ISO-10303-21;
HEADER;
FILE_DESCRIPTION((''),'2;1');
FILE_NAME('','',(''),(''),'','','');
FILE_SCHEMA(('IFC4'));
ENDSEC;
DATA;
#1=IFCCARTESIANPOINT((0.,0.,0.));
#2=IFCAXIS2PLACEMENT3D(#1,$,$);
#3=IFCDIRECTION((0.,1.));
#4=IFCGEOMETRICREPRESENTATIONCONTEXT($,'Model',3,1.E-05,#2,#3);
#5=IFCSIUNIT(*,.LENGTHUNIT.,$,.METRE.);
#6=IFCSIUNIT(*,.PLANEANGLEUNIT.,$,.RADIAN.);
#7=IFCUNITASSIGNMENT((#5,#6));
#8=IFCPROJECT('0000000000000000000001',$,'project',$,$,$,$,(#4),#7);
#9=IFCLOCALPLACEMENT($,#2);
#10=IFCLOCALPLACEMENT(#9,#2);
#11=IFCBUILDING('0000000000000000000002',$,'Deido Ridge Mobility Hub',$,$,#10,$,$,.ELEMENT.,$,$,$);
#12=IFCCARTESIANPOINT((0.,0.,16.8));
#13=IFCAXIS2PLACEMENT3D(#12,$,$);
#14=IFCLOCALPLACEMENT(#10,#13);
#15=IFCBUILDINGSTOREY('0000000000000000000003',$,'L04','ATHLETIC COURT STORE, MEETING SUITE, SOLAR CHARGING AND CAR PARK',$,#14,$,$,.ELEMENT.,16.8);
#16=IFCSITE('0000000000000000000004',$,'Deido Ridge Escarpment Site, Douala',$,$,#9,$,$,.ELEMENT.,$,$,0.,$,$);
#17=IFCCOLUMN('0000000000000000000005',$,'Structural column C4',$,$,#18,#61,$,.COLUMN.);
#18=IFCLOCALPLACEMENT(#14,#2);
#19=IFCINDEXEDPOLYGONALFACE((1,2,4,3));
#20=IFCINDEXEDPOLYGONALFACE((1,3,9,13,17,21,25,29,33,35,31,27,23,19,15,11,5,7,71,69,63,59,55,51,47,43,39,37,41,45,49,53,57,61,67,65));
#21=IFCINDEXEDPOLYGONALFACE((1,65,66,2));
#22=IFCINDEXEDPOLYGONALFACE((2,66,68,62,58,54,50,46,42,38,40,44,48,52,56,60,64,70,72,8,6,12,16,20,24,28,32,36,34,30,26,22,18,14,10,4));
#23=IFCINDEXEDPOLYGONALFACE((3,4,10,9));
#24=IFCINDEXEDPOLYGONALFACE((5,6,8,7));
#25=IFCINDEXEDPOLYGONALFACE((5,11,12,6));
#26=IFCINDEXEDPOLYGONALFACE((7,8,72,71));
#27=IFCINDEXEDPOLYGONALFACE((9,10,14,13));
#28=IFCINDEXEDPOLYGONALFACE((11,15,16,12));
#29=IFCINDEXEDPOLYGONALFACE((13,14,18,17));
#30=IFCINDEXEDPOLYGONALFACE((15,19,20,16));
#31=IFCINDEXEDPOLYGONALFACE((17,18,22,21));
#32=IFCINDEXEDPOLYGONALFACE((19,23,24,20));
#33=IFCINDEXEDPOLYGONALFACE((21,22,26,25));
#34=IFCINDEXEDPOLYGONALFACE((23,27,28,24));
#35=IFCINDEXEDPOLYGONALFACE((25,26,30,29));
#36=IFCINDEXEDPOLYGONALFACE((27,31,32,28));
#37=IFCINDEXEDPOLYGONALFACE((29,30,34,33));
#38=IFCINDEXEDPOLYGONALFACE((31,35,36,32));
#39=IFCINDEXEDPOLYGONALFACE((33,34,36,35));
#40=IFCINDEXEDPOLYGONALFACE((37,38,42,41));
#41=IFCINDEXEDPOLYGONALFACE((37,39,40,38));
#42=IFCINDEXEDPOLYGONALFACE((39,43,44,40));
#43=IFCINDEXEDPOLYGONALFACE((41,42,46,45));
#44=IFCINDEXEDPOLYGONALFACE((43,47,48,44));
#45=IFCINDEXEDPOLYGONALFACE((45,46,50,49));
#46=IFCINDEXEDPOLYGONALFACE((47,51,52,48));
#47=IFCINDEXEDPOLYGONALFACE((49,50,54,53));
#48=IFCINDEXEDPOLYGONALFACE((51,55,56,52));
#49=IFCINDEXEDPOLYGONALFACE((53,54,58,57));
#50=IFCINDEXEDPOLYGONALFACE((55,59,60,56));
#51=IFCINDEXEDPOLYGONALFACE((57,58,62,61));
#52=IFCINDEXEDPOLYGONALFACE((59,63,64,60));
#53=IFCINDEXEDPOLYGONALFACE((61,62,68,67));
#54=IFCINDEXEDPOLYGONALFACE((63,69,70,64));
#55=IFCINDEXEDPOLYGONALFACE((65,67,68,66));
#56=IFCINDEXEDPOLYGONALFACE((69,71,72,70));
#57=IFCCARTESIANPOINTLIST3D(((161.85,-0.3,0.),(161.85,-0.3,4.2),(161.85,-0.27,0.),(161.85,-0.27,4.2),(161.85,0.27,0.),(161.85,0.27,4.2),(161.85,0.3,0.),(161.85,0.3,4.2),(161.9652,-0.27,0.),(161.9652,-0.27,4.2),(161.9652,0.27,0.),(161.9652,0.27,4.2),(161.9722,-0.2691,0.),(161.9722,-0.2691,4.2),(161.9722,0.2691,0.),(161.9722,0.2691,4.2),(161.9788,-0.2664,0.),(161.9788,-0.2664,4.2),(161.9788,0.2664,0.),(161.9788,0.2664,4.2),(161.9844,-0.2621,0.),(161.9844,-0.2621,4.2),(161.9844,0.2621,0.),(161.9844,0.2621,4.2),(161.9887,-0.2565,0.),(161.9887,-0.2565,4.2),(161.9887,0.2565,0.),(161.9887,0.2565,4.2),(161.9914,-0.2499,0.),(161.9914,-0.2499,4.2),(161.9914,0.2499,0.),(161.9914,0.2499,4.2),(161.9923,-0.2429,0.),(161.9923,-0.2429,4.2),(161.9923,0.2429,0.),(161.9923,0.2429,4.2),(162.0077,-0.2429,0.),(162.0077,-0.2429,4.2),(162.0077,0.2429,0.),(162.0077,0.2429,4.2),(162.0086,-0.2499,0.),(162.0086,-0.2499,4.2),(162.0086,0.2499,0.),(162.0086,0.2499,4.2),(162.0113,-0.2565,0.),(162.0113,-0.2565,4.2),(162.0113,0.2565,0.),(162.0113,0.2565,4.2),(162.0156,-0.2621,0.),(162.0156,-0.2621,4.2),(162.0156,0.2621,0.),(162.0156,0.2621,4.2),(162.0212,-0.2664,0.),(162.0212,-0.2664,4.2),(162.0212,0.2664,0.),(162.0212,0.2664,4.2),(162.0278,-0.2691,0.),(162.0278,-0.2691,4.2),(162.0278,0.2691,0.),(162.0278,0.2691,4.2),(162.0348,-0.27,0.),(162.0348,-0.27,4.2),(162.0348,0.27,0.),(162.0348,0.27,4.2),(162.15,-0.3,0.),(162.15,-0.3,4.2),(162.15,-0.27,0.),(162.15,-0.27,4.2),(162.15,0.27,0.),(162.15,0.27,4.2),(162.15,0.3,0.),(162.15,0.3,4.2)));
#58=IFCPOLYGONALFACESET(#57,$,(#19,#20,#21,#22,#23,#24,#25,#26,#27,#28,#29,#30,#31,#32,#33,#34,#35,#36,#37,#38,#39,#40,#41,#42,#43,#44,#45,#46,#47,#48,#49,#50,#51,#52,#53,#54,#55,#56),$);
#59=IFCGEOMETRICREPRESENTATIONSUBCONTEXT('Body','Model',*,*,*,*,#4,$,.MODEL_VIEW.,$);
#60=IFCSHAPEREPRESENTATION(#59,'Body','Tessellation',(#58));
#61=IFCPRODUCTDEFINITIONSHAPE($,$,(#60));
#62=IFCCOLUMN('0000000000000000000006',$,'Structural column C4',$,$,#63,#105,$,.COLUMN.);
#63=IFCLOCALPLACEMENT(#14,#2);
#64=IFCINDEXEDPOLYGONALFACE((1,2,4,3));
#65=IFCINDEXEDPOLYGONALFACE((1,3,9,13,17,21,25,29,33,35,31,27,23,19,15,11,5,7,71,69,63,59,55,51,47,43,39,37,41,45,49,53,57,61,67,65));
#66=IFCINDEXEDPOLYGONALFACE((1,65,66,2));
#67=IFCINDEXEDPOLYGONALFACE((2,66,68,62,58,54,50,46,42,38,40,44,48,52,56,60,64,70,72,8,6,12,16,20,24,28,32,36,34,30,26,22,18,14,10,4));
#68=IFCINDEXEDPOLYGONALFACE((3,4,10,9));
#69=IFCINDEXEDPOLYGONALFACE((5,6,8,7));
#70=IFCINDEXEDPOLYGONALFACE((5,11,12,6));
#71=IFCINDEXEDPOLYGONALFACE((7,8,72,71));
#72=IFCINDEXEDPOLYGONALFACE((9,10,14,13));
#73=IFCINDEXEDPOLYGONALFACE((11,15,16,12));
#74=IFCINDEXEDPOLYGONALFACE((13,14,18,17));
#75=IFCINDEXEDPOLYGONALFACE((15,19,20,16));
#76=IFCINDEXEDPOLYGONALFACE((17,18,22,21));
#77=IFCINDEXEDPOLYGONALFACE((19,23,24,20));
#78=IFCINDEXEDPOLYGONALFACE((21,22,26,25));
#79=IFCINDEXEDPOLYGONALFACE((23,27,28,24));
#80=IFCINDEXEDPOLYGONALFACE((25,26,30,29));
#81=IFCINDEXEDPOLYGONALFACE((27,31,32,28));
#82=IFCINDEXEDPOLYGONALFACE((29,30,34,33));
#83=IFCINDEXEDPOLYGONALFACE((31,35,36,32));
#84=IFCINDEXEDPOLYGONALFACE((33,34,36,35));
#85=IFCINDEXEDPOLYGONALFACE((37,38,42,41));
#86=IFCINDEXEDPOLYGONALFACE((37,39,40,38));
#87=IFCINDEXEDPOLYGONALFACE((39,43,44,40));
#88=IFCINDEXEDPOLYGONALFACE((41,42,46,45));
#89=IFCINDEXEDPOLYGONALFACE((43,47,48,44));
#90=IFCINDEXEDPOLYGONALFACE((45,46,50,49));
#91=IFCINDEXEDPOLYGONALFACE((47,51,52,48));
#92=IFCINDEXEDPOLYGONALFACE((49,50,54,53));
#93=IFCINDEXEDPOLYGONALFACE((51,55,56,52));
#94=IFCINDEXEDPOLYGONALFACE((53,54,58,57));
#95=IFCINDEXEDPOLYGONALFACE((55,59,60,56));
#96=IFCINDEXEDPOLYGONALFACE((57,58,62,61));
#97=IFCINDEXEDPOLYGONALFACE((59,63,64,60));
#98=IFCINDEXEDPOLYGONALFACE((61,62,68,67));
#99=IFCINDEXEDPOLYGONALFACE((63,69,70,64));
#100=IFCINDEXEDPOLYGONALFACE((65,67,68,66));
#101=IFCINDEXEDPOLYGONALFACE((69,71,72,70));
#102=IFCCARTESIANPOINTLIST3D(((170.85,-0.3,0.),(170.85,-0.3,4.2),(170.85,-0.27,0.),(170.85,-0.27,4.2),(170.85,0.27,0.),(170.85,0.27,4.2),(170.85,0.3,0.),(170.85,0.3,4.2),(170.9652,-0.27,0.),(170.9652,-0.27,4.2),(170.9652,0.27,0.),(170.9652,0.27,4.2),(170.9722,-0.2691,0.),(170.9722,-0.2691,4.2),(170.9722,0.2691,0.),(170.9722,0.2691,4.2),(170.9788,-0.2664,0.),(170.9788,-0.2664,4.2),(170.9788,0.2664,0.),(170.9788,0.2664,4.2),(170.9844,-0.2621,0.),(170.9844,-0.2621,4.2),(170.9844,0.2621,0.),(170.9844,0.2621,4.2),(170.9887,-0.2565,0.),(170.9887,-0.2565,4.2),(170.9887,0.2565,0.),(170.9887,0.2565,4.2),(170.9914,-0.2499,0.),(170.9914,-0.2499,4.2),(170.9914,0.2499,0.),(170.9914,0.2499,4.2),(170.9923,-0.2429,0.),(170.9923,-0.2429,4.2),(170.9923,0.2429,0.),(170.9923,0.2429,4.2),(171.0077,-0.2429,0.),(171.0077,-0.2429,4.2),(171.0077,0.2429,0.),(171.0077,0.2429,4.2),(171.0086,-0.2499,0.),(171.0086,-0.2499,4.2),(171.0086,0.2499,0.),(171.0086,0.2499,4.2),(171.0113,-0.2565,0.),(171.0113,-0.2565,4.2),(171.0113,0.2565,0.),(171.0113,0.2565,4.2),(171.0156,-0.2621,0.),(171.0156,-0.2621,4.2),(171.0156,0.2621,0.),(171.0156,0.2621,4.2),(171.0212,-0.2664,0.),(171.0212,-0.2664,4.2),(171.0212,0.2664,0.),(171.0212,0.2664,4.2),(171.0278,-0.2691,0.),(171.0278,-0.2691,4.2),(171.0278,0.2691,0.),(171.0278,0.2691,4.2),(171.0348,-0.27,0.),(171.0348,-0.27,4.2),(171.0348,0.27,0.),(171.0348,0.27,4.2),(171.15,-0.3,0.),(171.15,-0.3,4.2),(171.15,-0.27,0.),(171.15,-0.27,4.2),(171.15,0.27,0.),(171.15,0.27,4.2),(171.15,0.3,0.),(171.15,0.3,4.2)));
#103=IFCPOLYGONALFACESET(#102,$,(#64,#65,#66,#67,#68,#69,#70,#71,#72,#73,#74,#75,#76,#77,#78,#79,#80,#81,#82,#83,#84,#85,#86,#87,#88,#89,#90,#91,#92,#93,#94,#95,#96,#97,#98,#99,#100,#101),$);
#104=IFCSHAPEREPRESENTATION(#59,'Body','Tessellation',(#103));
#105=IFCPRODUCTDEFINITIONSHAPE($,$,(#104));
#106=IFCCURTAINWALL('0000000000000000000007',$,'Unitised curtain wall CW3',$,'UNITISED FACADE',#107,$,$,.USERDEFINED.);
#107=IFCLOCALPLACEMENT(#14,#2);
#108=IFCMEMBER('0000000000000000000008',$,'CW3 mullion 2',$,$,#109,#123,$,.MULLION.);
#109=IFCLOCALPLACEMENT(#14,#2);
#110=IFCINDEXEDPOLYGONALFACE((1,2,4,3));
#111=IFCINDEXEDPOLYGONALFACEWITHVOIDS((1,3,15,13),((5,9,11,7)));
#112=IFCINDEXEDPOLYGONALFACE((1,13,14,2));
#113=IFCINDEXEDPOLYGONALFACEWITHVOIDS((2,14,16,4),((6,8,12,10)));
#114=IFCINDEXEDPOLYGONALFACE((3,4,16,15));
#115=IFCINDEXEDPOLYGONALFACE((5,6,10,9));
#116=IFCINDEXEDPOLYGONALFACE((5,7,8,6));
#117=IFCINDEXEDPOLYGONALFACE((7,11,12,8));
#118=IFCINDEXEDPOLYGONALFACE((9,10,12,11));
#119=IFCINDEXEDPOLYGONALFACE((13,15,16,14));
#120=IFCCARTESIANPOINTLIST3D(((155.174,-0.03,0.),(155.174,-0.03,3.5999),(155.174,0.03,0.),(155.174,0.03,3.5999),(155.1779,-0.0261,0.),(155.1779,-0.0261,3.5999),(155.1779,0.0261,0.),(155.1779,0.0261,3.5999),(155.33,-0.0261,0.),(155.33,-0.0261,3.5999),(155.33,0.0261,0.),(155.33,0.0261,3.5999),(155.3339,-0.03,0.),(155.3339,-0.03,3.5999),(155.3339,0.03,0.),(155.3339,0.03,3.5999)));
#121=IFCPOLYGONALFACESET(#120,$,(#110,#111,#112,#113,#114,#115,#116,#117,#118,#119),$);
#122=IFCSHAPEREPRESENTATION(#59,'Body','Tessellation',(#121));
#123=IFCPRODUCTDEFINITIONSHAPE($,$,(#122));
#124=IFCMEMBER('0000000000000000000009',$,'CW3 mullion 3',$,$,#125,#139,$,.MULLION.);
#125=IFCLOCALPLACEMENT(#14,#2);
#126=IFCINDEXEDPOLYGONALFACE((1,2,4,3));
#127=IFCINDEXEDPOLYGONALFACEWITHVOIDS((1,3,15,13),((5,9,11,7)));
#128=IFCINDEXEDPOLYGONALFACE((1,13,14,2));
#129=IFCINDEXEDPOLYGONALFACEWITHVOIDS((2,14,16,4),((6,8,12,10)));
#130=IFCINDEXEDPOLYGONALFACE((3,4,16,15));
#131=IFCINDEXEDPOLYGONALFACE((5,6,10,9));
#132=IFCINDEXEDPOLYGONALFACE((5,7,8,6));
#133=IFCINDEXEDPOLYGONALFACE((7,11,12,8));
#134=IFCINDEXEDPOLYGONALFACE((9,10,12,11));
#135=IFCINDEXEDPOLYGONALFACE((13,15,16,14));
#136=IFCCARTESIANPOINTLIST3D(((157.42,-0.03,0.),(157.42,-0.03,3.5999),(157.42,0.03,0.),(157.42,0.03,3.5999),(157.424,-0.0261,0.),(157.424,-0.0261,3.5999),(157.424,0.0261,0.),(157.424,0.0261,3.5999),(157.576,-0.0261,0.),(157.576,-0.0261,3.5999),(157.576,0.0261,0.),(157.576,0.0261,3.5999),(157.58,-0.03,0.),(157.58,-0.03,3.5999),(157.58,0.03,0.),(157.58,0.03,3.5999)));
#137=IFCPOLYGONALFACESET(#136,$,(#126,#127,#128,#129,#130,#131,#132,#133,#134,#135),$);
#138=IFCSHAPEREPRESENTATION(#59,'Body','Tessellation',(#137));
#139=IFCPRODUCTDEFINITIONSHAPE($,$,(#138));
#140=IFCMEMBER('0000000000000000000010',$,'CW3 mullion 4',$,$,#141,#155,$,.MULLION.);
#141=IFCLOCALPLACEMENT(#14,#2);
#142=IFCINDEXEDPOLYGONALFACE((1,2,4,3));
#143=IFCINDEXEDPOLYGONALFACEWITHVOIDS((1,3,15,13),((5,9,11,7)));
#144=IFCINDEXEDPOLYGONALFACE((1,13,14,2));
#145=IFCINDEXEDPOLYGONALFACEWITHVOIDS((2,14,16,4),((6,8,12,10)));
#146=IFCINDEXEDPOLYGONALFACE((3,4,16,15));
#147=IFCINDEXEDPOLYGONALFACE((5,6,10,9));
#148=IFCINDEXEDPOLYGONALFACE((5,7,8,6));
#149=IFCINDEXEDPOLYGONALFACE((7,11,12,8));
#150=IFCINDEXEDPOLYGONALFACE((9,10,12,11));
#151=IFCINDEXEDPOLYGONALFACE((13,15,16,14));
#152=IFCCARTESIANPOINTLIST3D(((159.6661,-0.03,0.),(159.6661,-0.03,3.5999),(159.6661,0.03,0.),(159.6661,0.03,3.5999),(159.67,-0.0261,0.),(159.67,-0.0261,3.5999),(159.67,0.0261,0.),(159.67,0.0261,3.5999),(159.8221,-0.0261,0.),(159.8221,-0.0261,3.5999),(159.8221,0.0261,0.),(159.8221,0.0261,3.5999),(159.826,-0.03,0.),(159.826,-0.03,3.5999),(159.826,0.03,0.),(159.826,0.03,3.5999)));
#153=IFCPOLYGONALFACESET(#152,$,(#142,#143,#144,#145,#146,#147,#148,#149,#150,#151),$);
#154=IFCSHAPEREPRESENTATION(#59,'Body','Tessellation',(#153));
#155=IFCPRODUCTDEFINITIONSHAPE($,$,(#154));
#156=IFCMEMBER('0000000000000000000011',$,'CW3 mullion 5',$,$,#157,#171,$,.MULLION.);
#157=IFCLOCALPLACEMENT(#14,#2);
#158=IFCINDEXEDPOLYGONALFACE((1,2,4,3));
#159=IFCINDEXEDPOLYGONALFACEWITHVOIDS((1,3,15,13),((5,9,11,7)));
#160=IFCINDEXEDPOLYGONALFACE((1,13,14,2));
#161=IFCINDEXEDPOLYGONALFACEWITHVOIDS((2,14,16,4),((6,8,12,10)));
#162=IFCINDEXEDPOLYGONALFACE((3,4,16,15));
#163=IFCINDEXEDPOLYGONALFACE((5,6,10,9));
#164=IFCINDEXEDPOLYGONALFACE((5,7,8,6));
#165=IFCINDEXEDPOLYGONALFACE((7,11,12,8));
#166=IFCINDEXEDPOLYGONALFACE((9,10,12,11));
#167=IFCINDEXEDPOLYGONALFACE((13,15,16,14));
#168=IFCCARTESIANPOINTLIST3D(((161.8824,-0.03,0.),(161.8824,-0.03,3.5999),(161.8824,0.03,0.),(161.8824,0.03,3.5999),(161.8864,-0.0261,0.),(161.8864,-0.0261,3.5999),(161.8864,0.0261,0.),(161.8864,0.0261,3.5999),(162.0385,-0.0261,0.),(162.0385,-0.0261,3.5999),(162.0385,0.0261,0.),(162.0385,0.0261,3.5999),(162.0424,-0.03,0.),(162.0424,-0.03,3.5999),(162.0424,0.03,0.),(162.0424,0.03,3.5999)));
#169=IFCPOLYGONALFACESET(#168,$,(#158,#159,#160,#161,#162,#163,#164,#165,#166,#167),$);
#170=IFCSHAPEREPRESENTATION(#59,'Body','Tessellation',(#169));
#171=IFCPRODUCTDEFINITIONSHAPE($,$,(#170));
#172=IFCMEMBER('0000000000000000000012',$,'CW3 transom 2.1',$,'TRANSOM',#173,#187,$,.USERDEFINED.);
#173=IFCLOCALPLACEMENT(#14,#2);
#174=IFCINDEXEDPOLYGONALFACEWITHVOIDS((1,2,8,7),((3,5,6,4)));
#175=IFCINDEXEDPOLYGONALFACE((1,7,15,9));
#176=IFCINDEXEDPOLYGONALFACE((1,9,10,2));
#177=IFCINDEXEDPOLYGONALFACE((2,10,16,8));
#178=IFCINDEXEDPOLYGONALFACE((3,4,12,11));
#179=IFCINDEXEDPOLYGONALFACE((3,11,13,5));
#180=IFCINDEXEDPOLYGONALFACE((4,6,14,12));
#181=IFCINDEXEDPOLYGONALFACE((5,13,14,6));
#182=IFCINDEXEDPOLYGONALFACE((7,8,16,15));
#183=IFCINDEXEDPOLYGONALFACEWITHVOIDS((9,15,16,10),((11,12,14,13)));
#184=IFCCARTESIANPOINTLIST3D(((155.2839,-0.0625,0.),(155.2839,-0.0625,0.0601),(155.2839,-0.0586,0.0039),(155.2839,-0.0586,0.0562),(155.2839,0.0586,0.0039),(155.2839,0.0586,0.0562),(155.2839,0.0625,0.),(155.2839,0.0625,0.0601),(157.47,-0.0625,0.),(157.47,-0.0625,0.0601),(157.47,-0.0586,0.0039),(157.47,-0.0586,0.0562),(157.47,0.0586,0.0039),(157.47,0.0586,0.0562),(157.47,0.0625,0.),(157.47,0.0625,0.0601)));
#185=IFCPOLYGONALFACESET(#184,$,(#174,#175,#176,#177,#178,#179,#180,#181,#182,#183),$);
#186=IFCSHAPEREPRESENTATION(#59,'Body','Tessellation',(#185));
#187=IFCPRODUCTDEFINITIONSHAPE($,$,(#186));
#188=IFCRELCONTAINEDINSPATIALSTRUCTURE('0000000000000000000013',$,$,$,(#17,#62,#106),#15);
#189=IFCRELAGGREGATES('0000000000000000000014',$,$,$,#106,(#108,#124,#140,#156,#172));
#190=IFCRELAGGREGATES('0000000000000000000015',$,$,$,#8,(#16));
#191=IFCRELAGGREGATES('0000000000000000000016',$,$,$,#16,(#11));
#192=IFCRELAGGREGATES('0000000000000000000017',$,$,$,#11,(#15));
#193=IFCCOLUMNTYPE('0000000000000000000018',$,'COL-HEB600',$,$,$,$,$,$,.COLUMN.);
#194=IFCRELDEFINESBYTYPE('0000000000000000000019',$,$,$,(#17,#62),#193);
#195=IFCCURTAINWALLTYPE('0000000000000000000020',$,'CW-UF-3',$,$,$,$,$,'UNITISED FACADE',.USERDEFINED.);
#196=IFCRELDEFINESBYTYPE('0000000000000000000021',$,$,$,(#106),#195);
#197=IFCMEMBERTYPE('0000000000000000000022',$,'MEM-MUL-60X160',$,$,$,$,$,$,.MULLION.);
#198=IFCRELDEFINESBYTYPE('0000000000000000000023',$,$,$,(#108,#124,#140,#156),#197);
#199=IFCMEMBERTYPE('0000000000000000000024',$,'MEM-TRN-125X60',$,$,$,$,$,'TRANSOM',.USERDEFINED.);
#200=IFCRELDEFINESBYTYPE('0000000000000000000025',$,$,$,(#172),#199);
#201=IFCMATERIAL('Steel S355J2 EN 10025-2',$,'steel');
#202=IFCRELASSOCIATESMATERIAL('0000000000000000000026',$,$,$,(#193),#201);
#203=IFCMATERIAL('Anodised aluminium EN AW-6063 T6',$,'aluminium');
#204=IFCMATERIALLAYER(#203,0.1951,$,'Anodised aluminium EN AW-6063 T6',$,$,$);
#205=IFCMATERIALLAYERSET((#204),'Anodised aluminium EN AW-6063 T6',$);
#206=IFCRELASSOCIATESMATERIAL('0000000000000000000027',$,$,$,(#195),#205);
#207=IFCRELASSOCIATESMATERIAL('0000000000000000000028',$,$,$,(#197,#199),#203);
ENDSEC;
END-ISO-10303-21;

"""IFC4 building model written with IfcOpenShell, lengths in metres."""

from ifc_helpers import new_model, si_unit, direction, frame, origin, origin_2d, place, context, subcontext, project, spatial, hollow_rectangle, i_section, extrude, material, layer, layer_set, material_profile, profile_set, type_object, element, aggregate, save


model = new_model("IFC4")

# Units and contexts
model_context = context("Model", 3, precision=1e-05, world=origin(), true_north=direction((0.0, 1.0)))
body_context = subcontext(model_context, "Body", "Model", "MODEL_VIEW")
ifc_project = project(units=[si_unit("LENGTHUNIT", "METRE"), si_unit("PLANEANGLEUNIT", "RADIAN")], contexts=[model_context])

# Site, building, storey
site_placement = place(None, origin())
site = spatial("IfcSite", under=ifc_project, at=site_placement, Name="Deido Ridge Escarpment Site, Douala", CompositionType="ELEMENT", RefElevation=0.0)
building_placement = place(site_placement, origin())
building = spatial("IfcBuilding", under=site, at=building_placement, Name="Deido Ridge Mobility Hub", CompositionType="ELEMENT")
storey_placement = place(building_placement, frame((0.0, 0.0, 16.8)))
storey = spatial("IfcBuildingStorey", under=building, at=storey_placement, Name="L04", Description="ATHLETIC COURT STORE, MEETING SUITE, SOLAR CHARGING AND CAR PARK", CompositionType="ELEMENT", Elevation=16.8)

# Columns
ifc_material_1 = material(Name="Steel S355J2 EN 10025-2", Category="steel")
ifc_material_profile_1 = material_profile(ifc_material_1, i_section(OverallWidth=0.3, OverallDepth=0.6001, WebThickness=0.0154, FlangeThickness=0.03, FilletRadius=0.0271, at=origin_2d()), Name="HEB 600")
ifc_profile_set_1 = profile_set([ifc_material_profile_1], Name="Steel S355J2 EN 10025-2")
column_type = type_object("IfcColumnType", Name="COL-HEB600", PredefinedType="COLUMN", material=ifc_profile_set_1)
for number, where, z_axis, x_axis, name in (
    (1, (162.0, 0.0, 0.0), (0.0, 0.0, 1.0), (1.0, 0.0, 0.0), "Structural column C4"),
    (2, (171.0, 0.0, 0.0), (0.0, 0.0, 1.0), (1.0, 0.0, 0.0), "Structural column C4"),
):
    element("IfcColumn", number, at=place(storey_placement, frame(where, z_axis=z_axis, x_axis=x_axis)), inside=storey, type_object=column_type, Name=name, PredefinedType="COLUMN", context=body_context, shape_type="SweptSolid", body=[
        extrude(i_section(OverallWidth=0.3, OverallDepth=0.6001, WebThickness=0.0154, FlangeThickness=0.03, FilletRadius=0.0271, at=origin_2d()), origin(), (0.0, 0.0, 1.0), 4.2),
    ])

# Curtain wall, members
ifc_material_2 = material(Name="Anodised aluminium EN AW-6063 T6", Category="aluminium")
ifc_layer_1 = layer(ifc_material_2, 0.1951, Name="Anodised aluminium EN AW-6063 T6")
ifc_layer_set_1 = layer_set([ifc_layer_1], Name="Anodised aluminium EN AW-6063 T6")
curtain_wall_type = type_object("IfcCurtainWallType", Name="CW-UF-3", ElementType="UNITISED FACADE", PredefinedType="USERDEFINED", material=ifc_layer_set_1)
curtain_wall_placement = place(storey_placement, origin())
curtain_wall = element("IfcCurtainWall", 3, at=curtain_wall_placement, inside=storey, type_object=curtain_wall_type, Name="Unitised curtain wall CW3", ObjectType="UNITISED FACADE", PredefinedType="USERDEFINED")
ifc_material_profile_2 = material_profile(ifc_material_2, hollow_rectangle(XDim=0.0601, YDim=0.1599, WallThickness=0.0039, at=origin_2d()), Name="RHS 60x160x4")
ifc_profile_set_2 = profile_set([ifc_material_profile_2], Name="Anodised aluminium EN AW-6063 T6")
member_type_1 = type_object("IfcMemberType", Name="MEM-MUL-60X160", PredefinedType="MULLION", material=ifc_profile_set_2)
member_1_placement = place(storey_placement, frame((155.2539, 0.0, 0.0), z_axis=(0.0, 0.0, 1.0), x_axis=(0.0, 1.0, 0.0)))
member_1 = element("IfcMember", 4, at=member_1_placement, type_object=member_type_1, Name="CW3 mullion 2", PredefinedType="MULLION", context=body_context, shape_type="SweptSolid", body=[
    extrude(hollow_rectangle(XDim=0.0601, YDim=0.1599, WallThickness=0.0039, at=origin_2d()), origin(), (0.0, 0.0, 1.0), 3.5999),
])
member_2_placement = place(storey_placement, frame((157.5, 0.0, 0.0), z_axis=(0.0, 0.0, 1.0), x_axis=(0.0, 1.0, 0.0)))
member_2 = element("IfcMember", 5, at=member_2_placement, type_object=member_type_1, Name="CW3 mullion 3", PredefinedType="MULLION", context=body_context, shape_type="SweptSolid", body=[
    extrude(hollow_rectangle(XDim=0.0601, YDim=0.1599, WallThickness=0.0039, at=origin_2d()), origin(), (0.0, 0.0, 1.0), 3.5999),
])
member_3_placement = place(storey_placement, frame((159.7461, 0.0, 0.0), z_axis=(0.0, 0.0, 1.0), x_axis=(0.0, 1.0, 0.0)))
member_3 = element("IfcMember", 6, at=member_3_placement, type_object=member_type_1, Name="CW3 mullion 4", PredefinedType="MULLION", context=body_context, shape_type="SweptSolid", body=[
    extrude(hollow_rectangle(XDim=0.0601, YDim=0.1599, WallThickness=0.0039, at=origin_2d()), origin(), (0.0, 0.0, 1.0), 3.5999),
])
member_4_placement = place(storey_placement, frame((161.9624, 0.0, 0.0), z_axis=(0.0, 0.0, 1.0), x_axis=(0.0, 1.0, 0.0)))
member_4 = element("IfcMember", 7, at=member_4_placement, type_object=member_type_1, Name="CW3 mullion 5", PredefinedType="MULLION", context=body_context, shape_type="SweptSolid", body=[
    extrude(hollow_rectangle(XDim=0.0601, YDim=0.1599, WallThickness=0.0039, at=origin_2d()), origin(), (0.0, 0.0, 1.0), 3.5999),
])
ifc_material_profile_3 = material_profile(ifc_material_2, hollow_rectangle(XDim=0.125, YDim=0.0601, WallThickness=0.0039, at=origin_2d()), Name="RHS 125x60x4")
ifc_profile_set_3 = profile_set([ifc_material_profile_3], Name="Anodised aluminium EN AW-6063 T6")
member_type_2 = type_object("IfcMemberType", Name="MEM-TRN-125X60", ElementType="TRANSOM", PredefinedType="USERDEFINED", material=ifc_profile_set_3)
member_5_placement = place(storey_placement, frame((155.2839, 0.0, 0.03), z_axis=(1.0, 0.0, 0.0), x_axis=(0.0, 1.0, 0.0)))
member_5 = element("IfcMember", 8, at=member_5_placement, type_object=member_type_2, Name="CW3 transom 2.1", ObjectType="TRANSOM", PredefinedType="USERDEFINED", context=body_context, shape_type="SweptSolid", body=[
    extrude(hollow_rectangle(XDim=0.125, YDim=0.0601, WallThickness=0.0039, at=origin_2d()), origin(), (0.0, 0.0, 1.0), 2.186),
])

aggregate(curtain_wall, [member_1, member_2, member_3, member_4, member_5])

save(model, "model.ifc")
